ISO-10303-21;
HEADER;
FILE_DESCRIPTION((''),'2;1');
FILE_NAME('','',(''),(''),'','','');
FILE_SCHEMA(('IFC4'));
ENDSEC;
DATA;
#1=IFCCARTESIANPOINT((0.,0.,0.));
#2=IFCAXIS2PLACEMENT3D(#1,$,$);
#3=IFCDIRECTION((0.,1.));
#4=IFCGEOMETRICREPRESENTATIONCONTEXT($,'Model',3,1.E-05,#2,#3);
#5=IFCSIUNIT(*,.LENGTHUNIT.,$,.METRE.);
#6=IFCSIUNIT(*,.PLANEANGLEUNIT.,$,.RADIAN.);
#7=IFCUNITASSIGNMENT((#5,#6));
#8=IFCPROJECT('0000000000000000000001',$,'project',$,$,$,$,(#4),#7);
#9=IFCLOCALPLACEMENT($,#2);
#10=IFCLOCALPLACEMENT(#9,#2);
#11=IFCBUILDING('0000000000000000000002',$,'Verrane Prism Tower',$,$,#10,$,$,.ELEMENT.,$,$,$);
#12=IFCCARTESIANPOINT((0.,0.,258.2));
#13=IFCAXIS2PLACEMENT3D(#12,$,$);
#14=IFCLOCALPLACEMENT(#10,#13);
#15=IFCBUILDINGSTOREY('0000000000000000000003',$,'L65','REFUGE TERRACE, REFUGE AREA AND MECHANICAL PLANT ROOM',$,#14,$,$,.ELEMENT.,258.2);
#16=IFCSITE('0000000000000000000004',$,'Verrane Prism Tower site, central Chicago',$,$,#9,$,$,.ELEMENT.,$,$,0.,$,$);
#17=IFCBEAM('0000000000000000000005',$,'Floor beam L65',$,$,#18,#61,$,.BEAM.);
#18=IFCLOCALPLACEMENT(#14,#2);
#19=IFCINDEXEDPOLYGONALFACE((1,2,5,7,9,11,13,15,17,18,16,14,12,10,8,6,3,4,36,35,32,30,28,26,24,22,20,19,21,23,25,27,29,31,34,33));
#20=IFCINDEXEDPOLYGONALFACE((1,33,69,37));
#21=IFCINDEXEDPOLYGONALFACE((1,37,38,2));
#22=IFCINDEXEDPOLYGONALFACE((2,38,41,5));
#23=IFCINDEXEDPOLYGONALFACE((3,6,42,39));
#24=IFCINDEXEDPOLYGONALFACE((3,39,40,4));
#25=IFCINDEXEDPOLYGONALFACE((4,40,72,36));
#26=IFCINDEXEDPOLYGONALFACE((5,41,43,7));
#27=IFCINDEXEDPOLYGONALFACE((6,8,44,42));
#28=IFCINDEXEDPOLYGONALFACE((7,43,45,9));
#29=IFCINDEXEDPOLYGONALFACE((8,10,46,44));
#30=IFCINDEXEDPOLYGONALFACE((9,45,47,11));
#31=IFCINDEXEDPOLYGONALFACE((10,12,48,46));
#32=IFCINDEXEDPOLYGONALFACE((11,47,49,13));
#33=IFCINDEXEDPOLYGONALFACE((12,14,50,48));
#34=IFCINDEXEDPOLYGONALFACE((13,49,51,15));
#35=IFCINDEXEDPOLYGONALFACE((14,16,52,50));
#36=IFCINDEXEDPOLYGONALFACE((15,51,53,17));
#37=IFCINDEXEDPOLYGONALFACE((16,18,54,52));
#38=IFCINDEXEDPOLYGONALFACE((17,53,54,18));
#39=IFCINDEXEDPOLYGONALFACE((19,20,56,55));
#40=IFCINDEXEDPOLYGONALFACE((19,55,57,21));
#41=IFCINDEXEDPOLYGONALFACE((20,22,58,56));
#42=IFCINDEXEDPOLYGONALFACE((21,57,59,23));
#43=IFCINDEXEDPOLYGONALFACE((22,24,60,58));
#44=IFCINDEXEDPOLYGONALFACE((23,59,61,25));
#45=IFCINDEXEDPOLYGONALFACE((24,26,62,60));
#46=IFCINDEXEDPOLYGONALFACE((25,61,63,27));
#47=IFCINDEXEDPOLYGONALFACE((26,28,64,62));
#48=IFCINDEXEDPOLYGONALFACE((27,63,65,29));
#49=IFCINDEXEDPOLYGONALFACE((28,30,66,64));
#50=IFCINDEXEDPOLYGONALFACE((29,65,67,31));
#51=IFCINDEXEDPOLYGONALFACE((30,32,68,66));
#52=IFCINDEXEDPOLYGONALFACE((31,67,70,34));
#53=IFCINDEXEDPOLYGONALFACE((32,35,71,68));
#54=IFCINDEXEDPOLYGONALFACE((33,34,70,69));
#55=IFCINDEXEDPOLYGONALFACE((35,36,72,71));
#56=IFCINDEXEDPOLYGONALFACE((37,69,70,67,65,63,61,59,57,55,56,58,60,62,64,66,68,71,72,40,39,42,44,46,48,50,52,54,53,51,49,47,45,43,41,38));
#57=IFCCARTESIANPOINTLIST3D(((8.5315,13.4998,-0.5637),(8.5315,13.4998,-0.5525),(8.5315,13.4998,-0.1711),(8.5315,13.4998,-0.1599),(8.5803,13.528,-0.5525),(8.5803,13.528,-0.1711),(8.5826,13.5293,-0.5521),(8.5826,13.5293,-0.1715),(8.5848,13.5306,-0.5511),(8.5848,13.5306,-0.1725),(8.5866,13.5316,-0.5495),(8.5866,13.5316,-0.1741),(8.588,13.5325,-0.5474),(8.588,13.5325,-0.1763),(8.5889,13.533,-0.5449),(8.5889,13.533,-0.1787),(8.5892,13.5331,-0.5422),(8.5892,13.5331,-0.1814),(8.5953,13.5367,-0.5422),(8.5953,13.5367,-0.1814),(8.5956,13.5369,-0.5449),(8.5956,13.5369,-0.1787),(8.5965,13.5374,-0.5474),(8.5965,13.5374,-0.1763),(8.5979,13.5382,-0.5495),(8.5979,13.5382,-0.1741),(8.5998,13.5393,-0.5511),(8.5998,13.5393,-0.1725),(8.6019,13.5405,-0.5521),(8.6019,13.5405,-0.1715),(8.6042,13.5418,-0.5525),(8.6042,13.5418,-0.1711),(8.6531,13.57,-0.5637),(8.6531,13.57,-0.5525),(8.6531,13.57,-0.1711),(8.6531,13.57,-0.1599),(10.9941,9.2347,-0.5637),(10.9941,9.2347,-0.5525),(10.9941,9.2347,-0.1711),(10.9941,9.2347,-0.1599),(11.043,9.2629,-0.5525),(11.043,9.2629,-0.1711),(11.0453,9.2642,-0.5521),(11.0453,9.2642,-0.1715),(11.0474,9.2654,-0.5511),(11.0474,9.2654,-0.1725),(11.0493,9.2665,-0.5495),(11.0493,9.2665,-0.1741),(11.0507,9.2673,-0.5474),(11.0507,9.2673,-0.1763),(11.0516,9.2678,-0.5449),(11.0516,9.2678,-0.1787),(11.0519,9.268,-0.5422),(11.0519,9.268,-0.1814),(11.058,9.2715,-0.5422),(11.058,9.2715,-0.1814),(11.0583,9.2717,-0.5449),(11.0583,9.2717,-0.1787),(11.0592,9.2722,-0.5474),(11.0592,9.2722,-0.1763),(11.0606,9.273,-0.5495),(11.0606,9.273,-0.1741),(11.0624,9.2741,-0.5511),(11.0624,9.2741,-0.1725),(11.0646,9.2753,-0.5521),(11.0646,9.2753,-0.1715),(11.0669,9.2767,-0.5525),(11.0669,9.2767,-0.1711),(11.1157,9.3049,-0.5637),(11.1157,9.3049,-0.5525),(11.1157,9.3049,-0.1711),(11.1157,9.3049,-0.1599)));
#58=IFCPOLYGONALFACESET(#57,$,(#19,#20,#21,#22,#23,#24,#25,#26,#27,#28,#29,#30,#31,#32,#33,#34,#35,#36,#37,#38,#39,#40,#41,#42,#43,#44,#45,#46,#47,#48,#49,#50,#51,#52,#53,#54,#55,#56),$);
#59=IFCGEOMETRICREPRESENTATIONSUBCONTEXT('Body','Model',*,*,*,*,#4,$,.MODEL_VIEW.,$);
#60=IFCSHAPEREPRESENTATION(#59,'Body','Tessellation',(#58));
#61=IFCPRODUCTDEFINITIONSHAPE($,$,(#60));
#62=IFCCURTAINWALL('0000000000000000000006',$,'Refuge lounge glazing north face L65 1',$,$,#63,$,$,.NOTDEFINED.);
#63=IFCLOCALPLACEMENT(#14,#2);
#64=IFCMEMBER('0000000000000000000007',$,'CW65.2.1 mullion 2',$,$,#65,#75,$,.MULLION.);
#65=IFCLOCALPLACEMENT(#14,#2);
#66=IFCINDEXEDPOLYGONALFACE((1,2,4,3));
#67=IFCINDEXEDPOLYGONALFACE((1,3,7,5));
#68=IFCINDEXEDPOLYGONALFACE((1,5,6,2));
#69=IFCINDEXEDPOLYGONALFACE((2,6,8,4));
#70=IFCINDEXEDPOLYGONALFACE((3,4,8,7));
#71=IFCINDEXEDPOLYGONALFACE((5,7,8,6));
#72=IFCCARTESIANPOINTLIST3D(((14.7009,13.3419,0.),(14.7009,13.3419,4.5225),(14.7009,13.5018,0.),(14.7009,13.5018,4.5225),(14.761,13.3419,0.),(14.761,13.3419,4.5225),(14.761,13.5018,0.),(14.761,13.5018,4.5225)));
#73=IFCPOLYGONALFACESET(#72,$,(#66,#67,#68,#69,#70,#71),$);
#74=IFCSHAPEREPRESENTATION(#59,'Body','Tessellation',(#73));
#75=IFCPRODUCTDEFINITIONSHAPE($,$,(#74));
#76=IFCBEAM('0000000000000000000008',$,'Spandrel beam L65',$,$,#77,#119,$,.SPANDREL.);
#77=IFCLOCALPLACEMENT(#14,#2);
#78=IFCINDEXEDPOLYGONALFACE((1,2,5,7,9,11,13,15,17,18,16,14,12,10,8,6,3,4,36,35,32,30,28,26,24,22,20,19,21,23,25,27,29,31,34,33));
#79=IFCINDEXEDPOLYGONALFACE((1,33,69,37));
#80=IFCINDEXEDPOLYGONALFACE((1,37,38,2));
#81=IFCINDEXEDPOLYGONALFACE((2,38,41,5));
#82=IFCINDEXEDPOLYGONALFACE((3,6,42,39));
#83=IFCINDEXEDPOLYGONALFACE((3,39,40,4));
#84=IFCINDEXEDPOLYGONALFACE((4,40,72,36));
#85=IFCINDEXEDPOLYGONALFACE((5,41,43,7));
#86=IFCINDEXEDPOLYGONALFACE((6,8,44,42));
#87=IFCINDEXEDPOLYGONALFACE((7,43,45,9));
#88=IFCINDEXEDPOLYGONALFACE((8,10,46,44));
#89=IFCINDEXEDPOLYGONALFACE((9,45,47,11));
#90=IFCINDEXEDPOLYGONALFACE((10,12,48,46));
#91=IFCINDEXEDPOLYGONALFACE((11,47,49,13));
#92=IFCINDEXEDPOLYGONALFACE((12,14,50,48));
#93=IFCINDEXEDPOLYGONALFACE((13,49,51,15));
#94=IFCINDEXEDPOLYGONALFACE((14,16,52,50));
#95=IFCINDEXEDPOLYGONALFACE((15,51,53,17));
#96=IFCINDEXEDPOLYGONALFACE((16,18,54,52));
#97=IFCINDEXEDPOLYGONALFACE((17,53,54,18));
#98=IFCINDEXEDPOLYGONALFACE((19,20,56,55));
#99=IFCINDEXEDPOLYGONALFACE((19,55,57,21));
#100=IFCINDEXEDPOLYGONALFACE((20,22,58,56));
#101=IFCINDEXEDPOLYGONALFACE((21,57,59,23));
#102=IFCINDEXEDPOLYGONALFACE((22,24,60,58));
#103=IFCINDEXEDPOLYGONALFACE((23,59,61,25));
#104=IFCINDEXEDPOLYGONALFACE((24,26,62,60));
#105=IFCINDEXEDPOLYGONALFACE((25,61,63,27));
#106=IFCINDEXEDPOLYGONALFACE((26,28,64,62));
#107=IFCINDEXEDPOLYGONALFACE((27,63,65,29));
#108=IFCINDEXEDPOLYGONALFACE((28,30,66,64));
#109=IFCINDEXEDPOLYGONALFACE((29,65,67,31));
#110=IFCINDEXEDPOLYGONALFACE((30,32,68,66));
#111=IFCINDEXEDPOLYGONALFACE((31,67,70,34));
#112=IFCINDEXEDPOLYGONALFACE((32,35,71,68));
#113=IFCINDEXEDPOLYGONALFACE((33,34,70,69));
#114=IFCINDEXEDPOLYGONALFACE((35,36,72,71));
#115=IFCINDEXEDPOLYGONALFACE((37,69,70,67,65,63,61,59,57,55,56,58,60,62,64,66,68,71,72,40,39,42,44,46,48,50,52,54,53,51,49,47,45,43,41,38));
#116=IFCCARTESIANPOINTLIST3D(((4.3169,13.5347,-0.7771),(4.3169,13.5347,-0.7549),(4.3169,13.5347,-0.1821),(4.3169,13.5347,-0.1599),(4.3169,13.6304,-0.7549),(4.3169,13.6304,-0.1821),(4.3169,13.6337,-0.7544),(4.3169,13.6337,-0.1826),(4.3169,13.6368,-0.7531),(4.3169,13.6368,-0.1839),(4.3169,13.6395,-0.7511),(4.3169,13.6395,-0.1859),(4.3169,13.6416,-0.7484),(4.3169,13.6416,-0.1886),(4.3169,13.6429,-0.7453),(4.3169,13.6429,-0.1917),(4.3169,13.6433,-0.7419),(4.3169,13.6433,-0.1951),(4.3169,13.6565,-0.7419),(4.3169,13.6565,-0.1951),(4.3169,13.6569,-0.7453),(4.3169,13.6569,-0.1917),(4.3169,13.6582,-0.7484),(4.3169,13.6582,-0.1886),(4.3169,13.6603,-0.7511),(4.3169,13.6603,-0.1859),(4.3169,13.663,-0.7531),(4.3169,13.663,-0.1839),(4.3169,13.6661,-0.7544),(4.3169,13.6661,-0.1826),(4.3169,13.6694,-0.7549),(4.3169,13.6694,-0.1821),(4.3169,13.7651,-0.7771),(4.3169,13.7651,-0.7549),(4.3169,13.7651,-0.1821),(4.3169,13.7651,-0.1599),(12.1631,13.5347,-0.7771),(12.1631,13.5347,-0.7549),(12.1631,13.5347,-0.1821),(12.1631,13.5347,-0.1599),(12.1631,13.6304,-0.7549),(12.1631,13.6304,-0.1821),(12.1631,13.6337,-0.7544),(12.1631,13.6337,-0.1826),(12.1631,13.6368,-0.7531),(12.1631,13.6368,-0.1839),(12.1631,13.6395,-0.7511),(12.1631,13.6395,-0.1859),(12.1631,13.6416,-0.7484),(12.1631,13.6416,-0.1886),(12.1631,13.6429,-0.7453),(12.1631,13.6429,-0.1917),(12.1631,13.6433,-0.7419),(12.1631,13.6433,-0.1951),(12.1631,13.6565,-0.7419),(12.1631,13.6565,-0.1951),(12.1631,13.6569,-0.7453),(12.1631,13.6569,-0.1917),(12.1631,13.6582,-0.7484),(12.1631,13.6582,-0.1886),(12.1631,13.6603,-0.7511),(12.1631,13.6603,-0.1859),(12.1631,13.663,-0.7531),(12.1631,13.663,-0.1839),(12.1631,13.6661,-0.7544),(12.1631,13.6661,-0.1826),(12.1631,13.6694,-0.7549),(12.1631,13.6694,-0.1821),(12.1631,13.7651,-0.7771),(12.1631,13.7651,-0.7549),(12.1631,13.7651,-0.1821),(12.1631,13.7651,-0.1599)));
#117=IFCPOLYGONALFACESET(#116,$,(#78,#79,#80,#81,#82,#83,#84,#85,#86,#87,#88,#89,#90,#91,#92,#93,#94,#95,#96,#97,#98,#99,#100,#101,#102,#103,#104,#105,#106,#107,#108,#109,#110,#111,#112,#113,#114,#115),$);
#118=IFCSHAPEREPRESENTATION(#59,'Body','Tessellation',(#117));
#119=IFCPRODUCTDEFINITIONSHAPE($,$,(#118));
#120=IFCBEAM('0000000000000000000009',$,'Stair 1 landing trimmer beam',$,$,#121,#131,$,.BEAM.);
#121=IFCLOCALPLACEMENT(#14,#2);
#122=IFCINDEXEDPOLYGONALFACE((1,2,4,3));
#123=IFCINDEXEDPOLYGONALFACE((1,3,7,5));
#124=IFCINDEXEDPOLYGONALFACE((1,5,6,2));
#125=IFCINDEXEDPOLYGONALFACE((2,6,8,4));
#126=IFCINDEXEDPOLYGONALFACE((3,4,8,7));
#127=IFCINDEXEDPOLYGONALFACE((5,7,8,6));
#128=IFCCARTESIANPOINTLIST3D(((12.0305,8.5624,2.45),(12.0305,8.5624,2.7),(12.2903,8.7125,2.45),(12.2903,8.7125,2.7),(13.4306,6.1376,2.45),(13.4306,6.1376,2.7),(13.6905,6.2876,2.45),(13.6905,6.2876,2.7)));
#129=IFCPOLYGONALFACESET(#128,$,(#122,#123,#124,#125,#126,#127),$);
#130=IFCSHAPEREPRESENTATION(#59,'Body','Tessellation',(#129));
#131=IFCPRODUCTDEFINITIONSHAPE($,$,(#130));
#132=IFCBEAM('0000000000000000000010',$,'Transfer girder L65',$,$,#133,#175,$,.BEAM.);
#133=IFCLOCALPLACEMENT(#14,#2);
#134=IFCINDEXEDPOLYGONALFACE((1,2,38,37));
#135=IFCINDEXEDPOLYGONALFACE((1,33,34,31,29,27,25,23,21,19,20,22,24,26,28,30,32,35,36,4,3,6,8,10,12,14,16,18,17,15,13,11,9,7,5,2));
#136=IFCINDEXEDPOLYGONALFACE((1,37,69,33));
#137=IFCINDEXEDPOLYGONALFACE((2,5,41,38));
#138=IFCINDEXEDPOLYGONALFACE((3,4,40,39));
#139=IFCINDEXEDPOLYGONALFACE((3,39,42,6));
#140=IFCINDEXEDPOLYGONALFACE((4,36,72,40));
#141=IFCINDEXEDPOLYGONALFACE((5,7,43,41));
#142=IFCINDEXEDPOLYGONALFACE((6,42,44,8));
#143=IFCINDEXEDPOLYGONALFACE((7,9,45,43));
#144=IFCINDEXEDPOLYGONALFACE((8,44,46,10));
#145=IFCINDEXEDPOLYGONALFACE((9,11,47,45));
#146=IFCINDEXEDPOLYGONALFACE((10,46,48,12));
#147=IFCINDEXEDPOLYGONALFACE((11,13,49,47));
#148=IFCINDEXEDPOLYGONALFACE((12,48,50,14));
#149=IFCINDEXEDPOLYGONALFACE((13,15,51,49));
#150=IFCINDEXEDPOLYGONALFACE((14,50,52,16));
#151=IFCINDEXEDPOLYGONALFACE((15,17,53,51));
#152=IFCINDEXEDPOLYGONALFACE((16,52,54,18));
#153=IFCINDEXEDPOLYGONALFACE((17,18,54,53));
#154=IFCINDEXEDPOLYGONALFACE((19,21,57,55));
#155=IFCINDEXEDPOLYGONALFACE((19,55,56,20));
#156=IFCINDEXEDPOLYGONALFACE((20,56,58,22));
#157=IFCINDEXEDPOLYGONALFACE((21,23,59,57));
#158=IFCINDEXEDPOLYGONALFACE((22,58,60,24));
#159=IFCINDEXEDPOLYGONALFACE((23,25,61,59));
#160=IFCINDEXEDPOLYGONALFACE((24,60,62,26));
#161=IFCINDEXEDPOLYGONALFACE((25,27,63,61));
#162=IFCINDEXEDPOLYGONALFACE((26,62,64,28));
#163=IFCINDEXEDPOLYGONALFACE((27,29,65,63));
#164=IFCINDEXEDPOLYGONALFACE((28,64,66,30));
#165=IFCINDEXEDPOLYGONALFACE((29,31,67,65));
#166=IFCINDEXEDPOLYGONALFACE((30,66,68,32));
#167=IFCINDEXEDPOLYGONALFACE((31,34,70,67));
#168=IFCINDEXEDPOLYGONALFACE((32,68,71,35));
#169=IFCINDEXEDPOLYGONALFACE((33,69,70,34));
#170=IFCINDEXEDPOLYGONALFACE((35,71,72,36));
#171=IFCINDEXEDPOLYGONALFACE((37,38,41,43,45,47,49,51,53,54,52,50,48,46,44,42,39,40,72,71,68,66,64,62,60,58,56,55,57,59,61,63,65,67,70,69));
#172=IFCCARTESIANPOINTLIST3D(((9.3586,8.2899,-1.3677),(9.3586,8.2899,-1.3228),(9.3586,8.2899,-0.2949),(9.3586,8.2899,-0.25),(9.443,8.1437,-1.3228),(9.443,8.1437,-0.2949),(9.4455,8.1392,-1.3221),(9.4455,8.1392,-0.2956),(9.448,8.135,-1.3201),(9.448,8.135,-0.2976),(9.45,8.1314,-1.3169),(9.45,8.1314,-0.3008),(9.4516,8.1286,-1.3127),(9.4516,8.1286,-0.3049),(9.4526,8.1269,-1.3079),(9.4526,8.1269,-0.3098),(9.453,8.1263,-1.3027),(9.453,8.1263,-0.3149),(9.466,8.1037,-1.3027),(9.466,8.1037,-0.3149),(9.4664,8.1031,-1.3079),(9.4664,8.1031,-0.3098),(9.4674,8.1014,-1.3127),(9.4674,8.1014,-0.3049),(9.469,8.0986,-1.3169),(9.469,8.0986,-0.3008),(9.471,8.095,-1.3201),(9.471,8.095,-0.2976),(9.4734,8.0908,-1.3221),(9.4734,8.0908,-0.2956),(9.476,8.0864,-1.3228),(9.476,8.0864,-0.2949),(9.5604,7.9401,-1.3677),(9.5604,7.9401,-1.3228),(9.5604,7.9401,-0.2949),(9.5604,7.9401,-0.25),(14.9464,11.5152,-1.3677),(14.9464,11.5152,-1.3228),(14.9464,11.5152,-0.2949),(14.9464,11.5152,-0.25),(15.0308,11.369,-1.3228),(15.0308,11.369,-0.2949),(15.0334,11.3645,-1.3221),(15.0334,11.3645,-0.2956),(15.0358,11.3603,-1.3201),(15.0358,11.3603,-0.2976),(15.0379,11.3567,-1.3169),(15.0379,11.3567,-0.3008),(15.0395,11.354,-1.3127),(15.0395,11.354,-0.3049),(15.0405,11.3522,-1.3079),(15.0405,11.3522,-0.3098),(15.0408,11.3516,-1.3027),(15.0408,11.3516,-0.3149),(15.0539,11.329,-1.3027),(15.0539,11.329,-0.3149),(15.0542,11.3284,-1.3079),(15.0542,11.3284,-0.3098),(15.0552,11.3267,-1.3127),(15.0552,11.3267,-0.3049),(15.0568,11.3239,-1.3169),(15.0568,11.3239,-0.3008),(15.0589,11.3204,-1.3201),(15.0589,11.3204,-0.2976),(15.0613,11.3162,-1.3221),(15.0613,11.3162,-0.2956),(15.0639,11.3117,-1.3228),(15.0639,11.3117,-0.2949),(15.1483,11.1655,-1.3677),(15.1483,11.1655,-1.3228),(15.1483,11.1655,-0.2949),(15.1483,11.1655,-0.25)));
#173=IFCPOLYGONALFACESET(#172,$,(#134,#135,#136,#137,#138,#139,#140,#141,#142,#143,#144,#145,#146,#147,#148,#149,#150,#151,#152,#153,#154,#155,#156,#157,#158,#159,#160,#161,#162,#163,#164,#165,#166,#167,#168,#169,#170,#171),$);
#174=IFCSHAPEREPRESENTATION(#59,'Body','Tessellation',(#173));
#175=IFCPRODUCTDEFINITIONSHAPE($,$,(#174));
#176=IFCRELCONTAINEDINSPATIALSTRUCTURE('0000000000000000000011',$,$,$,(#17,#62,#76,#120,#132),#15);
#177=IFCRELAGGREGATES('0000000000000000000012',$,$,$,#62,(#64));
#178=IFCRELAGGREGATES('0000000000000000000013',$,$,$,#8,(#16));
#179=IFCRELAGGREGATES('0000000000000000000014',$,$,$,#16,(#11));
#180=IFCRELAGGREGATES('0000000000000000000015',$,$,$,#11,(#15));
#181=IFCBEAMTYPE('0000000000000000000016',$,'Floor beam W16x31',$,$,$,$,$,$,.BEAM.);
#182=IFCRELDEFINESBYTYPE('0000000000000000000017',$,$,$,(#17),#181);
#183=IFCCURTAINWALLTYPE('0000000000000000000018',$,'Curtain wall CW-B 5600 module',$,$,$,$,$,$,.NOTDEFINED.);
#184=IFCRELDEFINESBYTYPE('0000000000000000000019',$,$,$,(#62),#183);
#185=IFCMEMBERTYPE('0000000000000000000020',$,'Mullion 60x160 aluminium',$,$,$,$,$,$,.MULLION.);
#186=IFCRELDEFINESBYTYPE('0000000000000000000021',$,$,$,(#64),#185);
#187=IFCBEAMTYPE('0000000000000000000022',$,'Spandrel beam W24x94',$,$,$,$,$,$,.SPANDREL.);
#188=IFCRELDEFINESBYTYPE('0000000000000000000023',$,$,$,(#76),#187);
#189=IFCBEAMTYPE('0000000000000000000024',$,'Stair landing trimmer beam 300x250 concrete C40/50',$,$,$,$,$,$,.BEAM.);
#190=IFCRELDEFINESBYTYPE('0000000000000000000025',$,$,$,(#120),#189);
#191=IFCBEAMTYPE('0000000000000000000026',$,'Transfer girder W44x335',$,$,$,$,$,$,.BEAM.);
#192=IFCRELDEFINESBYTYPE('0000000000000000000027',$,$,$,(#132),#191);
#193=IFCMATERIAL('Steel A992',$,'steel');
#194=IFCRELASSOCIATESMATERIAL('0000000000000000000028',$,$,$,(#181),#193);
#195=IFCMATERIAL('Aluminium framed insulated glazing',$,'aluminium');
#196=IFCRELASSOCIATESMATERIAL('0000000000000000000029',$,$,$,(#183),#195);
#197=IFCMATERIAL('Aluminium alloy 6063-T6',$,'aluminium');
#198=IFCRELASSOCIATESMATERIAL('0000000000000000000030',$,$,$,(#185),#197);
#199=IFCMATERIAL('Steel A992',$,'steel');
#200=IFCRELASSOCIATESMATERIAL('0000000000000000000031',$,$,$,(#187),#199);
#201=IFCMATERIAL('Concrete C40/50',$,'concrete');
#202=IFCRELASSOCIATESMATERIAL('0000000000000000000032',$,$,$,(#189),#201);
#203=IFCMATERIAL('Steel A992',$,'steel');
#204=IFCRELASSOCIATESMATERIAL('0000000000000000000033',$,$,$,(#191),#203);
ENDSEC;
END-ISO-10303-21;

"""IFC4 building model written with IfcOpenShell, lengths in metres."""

from ifc_helpers import new_model, si_unit, direction, frame, origin, origin_2d, place, context, subcontext, project, spatial, rectangle, i_section, extrude, material, material_profile, profile_set, type_object, element, aggregate, save


model = new_model("IFC4")

# Units and contexts
model_context = context("Model", 3, precision=1e-05, world=origin(), true_north=direction((0.0, 1.0)))
body_context = subcontext(model_context, "Body", "Model", "MODEL_VIEW")
ifc_project = project(units=[si_unit("LENGTHUNIT", "METRE"), si_unit("PLANEANGLEUNIT", "RADIAN")], contexts=[model_context])

# Site, building, storey
site_placement = place(None, origin())
site = spatial("IfcSite", under=ifc_project, at=site_placement, Name="Verrane Prism Tower site, central Chicago", CompositionType="ELEMENT", RefElevation=0.0)
building_placement = place(site_placement, origin())
building = spatial("IfcBuilding", under=site, at=building_placement, Name="Verrane Prism Tower", CompositionType="ELEMENT")
storey_placement = place(building_placement, frame((0.0, 0.0, 258.2)))
storey = spatial("IfcBuildingStorey", under=building, at=storey_placement, Name="L65", Description="REFUGE TERRACE, REFUGE AREA AND MECHANICAL PLANT ROOM", CompositionType="ELEMENT", Elevation=258.2)

# Beam
ifc_material_1 = material(Name="Steel A992", Category="steel")
ifc_material_profile_1 = material_profile(ifc_material_1, i_section(OverallWidth=0.1404, OverallDepth=0.4038, WebThickness=0.0071, FlangeThickness=0.0112, FilletRadius=0.0103, at=origin_2d()), Name="W16x31")
ifc_profile_set_1 = profile_set([ifc_material_profile_1], Name="Steel A992")
beam_type_1 = type_object("IfcBeamType", Name="Floor beam W16x31", PredefinedType="BEAM", material=ifc_profile_set_1)
beam_1_placement = place(storey_placement, frame((11.0549, 9.2698, -0.3618), z_axis=(-0.500026, 0.866011, 0.0), x_axis=(-0.866011, -0.500026, 0.0)))
element("IfcBeam", 1, at=beam_1_placement, inside=storey, type_object=beam_type_1, Name="Floor beam L65", PredefinedType="BEAM", context=body_context, shape_type="SweptSolid", body=[
    extrude(i_section(OverallWidth=0.1404, OverallDepth=0.4038, WebThickness=0.0071, FlangeThickness=0.0112, FilletRadius=0.0103, at=origin_2d()), origin(), (0.0, 0.0, 1.0), 4.925),
])

# Curtain wall, member
ifc_material_2 = material(Name="Aluminium framed insulated glazing", Category="aluminium")
curtain_wall_type = type_object("IfcCurtainWallType", Name="Curtain wall CW-B 5600 module", PredefinedType="NOTDEFINED", material=ifc_material_2)
curtain_wall_placement = place(storey_placement, origin())
curtain_wall = element("IfcCurtainWall", 2, at=curtain_wall_placement, inside=storey, type_object=curtain_wall_type, Name="Refuge lounge glazing north face L65 1", PredefinedType="NOTDEFINED")
ifc_material_3 = material(Name="Aluminium alloy 6063-T6", Category="aluminium")
ifc_material_profile_2 = material_profile(ifc_material_3, rectangle(XDim=0.1599, YDim=0.0601, at=origin_2d()), Name="Mullion 60x160 aluminium")
ifc_profile_set_2 = profile_set([ifc_material_profile_2], Name="Aluminium alloy 6063-T6")
member_type_1 = type_object("IfcMemberType", Name="Mullion 60x160 aluminium", PredefinedType="MULLION", material=ifc_profile_set_2)
member_1_placement = place(storey_placement, frame((14.731, 13.4219, 0.0), z_axis=(0.0, 0.0, 1.0), x_axis=(0.0, -1.0, 0.0)))
member_1 = element("IfcMember", 3, at=member_1_placement, type_object=member_type_1, Name="CW65.2.1 mullion 2", PredefinedType="MULLION", context=body_context, shape_type="SweptSolid", body=[
    extrude(rectangle(XDim=0.1599, YDim=0.0601, at=origin_2d()), origin(), (0.0, 0.0, 1.0), 4.5225),
])

# Beams
ifc_material_4 = material(Name="Steel A992", Category="steel")
ifc_material_profile_3 = material_profile(ifc_material_4, i_section(OverallWidth=0.2305, OverallDepth=0.6172, WebThickness=0.0132, FlangeThickness=0.0222, FilletRadius=0.0129, at=origin_2d()), Name="W24x94")
ifc_profile_set_3 = profile_set([ifc_material_profile_3], Name="Steel A992")
beam_type_2 = type_object("IfcBeamType", Name="Spandrel beam W24x94", PredefinedType="SPANDREL", material=ifc_profile_set_3)
beam_2_placement = place(storey_placement, frame((12.1631, 13.6499, -0.4685), z_axis=(-1.0, 0.0, 0.0), x_axis=(0.0, -1.0, 0.0)))
element("IfcBeam", 4, at=beam_2_placement, inside=storey, type_object=beam_type_2, Name="Spandrel beam L65", PredefinedType="SPANDREL", context=body_context, shape_type="SweptSolid", body=[
    extrude(i_section(OverallWidth=0.2305, OverallDepth=0.6172, WebThickness=0.0132, FlangeThickness=0.0222, FilletRadius=0.0129, at=origin_2d()), origin(), (0.0, 0.0, 1.0), 7.8462),
])
ifc_material_5 = material(Name="Concrete C40/50", Category="concrete")
ifc_material_profile_4 = material_profile(ifc_material_5, rectangle(XDim=0.3, YDim=0.25, at=origin_2d()), Name="RC 300x250")
ifc_profile_set_4 = profile_set([ifc_material_profile_4], Name="Concrete C40/50")
beam_type_3 = type_object("IfcBeamType", Name="Stair landing trimmer beam 300x250 concrete C40/50", PredefinedType="BEAM", material=ifc_profile_set_4)
beam_3_placement = place(storey_placement, frame((12.1604, 8.6375, 2.575), z_axis=(0.50005, -0.865997, 0.0), x_axis=(0.865997, 0.50005, 0.0)))
element("IfcBeam", 5, at=beam_3_placement, inside=storey, type_object=beam_type_3, Name="Stair 1 landing trimmer beam", PredefinedType="BEAM", context=body_context, shape_type="SweptSolid", body=[
    extrude(rectangle(XDim=0.3, YDim=0.25, at=origin_2d()), origin(), (0.0, 0.0, 1.0), 2.8),
])
ifc_material_6 = material(Name="Steel A992", Category="steel")
ifc_material_profile_5 = material_profile(ifc_material_6, i_section(OverallWidth=0.4038, OverallDepth=1.1177, WebThickness=0.0261, FlangeThickness=0.0449, FilletRadius=0.02, at=origin_2d()), Name="W44x335")
ifc_profile_set_5 = profile_set([ifc_material_profile_5], Name="Steel A992")
beam_type_4 = type_object("IfcBeamType", Name="Transfer girder W44x335", PredefinedType="BEAM", material=ifc_profile_set_5)
beam_4_placement = place(storey_placement, frame((15.0474, 11.3403, -0.8088), z_axis=(-0.866081, -0.499904, 0.0), x_axis=(0.499904, -0.866081, 0.0)))
element("IfcBeam", 6, at=beam_4_placement, inside=storey, type_object=beam_type_4, Name="Transfer girder L65", PredefinedType="BEAM", context=body_context, shape_type="SweptSolid", body=[
    extrude(i_section(OverallWidth=0.4038, OverallDepth=1.1177, WebThickness=0.0261, FlangeThickness=0.0449, FilletRadius=0.02, at=origin_2d()), origin(), (0.0, 0.0, 1.0), 6.4519),
])

aggregate(curtain_wall, [member_1])

save(model, "model.ifc")
